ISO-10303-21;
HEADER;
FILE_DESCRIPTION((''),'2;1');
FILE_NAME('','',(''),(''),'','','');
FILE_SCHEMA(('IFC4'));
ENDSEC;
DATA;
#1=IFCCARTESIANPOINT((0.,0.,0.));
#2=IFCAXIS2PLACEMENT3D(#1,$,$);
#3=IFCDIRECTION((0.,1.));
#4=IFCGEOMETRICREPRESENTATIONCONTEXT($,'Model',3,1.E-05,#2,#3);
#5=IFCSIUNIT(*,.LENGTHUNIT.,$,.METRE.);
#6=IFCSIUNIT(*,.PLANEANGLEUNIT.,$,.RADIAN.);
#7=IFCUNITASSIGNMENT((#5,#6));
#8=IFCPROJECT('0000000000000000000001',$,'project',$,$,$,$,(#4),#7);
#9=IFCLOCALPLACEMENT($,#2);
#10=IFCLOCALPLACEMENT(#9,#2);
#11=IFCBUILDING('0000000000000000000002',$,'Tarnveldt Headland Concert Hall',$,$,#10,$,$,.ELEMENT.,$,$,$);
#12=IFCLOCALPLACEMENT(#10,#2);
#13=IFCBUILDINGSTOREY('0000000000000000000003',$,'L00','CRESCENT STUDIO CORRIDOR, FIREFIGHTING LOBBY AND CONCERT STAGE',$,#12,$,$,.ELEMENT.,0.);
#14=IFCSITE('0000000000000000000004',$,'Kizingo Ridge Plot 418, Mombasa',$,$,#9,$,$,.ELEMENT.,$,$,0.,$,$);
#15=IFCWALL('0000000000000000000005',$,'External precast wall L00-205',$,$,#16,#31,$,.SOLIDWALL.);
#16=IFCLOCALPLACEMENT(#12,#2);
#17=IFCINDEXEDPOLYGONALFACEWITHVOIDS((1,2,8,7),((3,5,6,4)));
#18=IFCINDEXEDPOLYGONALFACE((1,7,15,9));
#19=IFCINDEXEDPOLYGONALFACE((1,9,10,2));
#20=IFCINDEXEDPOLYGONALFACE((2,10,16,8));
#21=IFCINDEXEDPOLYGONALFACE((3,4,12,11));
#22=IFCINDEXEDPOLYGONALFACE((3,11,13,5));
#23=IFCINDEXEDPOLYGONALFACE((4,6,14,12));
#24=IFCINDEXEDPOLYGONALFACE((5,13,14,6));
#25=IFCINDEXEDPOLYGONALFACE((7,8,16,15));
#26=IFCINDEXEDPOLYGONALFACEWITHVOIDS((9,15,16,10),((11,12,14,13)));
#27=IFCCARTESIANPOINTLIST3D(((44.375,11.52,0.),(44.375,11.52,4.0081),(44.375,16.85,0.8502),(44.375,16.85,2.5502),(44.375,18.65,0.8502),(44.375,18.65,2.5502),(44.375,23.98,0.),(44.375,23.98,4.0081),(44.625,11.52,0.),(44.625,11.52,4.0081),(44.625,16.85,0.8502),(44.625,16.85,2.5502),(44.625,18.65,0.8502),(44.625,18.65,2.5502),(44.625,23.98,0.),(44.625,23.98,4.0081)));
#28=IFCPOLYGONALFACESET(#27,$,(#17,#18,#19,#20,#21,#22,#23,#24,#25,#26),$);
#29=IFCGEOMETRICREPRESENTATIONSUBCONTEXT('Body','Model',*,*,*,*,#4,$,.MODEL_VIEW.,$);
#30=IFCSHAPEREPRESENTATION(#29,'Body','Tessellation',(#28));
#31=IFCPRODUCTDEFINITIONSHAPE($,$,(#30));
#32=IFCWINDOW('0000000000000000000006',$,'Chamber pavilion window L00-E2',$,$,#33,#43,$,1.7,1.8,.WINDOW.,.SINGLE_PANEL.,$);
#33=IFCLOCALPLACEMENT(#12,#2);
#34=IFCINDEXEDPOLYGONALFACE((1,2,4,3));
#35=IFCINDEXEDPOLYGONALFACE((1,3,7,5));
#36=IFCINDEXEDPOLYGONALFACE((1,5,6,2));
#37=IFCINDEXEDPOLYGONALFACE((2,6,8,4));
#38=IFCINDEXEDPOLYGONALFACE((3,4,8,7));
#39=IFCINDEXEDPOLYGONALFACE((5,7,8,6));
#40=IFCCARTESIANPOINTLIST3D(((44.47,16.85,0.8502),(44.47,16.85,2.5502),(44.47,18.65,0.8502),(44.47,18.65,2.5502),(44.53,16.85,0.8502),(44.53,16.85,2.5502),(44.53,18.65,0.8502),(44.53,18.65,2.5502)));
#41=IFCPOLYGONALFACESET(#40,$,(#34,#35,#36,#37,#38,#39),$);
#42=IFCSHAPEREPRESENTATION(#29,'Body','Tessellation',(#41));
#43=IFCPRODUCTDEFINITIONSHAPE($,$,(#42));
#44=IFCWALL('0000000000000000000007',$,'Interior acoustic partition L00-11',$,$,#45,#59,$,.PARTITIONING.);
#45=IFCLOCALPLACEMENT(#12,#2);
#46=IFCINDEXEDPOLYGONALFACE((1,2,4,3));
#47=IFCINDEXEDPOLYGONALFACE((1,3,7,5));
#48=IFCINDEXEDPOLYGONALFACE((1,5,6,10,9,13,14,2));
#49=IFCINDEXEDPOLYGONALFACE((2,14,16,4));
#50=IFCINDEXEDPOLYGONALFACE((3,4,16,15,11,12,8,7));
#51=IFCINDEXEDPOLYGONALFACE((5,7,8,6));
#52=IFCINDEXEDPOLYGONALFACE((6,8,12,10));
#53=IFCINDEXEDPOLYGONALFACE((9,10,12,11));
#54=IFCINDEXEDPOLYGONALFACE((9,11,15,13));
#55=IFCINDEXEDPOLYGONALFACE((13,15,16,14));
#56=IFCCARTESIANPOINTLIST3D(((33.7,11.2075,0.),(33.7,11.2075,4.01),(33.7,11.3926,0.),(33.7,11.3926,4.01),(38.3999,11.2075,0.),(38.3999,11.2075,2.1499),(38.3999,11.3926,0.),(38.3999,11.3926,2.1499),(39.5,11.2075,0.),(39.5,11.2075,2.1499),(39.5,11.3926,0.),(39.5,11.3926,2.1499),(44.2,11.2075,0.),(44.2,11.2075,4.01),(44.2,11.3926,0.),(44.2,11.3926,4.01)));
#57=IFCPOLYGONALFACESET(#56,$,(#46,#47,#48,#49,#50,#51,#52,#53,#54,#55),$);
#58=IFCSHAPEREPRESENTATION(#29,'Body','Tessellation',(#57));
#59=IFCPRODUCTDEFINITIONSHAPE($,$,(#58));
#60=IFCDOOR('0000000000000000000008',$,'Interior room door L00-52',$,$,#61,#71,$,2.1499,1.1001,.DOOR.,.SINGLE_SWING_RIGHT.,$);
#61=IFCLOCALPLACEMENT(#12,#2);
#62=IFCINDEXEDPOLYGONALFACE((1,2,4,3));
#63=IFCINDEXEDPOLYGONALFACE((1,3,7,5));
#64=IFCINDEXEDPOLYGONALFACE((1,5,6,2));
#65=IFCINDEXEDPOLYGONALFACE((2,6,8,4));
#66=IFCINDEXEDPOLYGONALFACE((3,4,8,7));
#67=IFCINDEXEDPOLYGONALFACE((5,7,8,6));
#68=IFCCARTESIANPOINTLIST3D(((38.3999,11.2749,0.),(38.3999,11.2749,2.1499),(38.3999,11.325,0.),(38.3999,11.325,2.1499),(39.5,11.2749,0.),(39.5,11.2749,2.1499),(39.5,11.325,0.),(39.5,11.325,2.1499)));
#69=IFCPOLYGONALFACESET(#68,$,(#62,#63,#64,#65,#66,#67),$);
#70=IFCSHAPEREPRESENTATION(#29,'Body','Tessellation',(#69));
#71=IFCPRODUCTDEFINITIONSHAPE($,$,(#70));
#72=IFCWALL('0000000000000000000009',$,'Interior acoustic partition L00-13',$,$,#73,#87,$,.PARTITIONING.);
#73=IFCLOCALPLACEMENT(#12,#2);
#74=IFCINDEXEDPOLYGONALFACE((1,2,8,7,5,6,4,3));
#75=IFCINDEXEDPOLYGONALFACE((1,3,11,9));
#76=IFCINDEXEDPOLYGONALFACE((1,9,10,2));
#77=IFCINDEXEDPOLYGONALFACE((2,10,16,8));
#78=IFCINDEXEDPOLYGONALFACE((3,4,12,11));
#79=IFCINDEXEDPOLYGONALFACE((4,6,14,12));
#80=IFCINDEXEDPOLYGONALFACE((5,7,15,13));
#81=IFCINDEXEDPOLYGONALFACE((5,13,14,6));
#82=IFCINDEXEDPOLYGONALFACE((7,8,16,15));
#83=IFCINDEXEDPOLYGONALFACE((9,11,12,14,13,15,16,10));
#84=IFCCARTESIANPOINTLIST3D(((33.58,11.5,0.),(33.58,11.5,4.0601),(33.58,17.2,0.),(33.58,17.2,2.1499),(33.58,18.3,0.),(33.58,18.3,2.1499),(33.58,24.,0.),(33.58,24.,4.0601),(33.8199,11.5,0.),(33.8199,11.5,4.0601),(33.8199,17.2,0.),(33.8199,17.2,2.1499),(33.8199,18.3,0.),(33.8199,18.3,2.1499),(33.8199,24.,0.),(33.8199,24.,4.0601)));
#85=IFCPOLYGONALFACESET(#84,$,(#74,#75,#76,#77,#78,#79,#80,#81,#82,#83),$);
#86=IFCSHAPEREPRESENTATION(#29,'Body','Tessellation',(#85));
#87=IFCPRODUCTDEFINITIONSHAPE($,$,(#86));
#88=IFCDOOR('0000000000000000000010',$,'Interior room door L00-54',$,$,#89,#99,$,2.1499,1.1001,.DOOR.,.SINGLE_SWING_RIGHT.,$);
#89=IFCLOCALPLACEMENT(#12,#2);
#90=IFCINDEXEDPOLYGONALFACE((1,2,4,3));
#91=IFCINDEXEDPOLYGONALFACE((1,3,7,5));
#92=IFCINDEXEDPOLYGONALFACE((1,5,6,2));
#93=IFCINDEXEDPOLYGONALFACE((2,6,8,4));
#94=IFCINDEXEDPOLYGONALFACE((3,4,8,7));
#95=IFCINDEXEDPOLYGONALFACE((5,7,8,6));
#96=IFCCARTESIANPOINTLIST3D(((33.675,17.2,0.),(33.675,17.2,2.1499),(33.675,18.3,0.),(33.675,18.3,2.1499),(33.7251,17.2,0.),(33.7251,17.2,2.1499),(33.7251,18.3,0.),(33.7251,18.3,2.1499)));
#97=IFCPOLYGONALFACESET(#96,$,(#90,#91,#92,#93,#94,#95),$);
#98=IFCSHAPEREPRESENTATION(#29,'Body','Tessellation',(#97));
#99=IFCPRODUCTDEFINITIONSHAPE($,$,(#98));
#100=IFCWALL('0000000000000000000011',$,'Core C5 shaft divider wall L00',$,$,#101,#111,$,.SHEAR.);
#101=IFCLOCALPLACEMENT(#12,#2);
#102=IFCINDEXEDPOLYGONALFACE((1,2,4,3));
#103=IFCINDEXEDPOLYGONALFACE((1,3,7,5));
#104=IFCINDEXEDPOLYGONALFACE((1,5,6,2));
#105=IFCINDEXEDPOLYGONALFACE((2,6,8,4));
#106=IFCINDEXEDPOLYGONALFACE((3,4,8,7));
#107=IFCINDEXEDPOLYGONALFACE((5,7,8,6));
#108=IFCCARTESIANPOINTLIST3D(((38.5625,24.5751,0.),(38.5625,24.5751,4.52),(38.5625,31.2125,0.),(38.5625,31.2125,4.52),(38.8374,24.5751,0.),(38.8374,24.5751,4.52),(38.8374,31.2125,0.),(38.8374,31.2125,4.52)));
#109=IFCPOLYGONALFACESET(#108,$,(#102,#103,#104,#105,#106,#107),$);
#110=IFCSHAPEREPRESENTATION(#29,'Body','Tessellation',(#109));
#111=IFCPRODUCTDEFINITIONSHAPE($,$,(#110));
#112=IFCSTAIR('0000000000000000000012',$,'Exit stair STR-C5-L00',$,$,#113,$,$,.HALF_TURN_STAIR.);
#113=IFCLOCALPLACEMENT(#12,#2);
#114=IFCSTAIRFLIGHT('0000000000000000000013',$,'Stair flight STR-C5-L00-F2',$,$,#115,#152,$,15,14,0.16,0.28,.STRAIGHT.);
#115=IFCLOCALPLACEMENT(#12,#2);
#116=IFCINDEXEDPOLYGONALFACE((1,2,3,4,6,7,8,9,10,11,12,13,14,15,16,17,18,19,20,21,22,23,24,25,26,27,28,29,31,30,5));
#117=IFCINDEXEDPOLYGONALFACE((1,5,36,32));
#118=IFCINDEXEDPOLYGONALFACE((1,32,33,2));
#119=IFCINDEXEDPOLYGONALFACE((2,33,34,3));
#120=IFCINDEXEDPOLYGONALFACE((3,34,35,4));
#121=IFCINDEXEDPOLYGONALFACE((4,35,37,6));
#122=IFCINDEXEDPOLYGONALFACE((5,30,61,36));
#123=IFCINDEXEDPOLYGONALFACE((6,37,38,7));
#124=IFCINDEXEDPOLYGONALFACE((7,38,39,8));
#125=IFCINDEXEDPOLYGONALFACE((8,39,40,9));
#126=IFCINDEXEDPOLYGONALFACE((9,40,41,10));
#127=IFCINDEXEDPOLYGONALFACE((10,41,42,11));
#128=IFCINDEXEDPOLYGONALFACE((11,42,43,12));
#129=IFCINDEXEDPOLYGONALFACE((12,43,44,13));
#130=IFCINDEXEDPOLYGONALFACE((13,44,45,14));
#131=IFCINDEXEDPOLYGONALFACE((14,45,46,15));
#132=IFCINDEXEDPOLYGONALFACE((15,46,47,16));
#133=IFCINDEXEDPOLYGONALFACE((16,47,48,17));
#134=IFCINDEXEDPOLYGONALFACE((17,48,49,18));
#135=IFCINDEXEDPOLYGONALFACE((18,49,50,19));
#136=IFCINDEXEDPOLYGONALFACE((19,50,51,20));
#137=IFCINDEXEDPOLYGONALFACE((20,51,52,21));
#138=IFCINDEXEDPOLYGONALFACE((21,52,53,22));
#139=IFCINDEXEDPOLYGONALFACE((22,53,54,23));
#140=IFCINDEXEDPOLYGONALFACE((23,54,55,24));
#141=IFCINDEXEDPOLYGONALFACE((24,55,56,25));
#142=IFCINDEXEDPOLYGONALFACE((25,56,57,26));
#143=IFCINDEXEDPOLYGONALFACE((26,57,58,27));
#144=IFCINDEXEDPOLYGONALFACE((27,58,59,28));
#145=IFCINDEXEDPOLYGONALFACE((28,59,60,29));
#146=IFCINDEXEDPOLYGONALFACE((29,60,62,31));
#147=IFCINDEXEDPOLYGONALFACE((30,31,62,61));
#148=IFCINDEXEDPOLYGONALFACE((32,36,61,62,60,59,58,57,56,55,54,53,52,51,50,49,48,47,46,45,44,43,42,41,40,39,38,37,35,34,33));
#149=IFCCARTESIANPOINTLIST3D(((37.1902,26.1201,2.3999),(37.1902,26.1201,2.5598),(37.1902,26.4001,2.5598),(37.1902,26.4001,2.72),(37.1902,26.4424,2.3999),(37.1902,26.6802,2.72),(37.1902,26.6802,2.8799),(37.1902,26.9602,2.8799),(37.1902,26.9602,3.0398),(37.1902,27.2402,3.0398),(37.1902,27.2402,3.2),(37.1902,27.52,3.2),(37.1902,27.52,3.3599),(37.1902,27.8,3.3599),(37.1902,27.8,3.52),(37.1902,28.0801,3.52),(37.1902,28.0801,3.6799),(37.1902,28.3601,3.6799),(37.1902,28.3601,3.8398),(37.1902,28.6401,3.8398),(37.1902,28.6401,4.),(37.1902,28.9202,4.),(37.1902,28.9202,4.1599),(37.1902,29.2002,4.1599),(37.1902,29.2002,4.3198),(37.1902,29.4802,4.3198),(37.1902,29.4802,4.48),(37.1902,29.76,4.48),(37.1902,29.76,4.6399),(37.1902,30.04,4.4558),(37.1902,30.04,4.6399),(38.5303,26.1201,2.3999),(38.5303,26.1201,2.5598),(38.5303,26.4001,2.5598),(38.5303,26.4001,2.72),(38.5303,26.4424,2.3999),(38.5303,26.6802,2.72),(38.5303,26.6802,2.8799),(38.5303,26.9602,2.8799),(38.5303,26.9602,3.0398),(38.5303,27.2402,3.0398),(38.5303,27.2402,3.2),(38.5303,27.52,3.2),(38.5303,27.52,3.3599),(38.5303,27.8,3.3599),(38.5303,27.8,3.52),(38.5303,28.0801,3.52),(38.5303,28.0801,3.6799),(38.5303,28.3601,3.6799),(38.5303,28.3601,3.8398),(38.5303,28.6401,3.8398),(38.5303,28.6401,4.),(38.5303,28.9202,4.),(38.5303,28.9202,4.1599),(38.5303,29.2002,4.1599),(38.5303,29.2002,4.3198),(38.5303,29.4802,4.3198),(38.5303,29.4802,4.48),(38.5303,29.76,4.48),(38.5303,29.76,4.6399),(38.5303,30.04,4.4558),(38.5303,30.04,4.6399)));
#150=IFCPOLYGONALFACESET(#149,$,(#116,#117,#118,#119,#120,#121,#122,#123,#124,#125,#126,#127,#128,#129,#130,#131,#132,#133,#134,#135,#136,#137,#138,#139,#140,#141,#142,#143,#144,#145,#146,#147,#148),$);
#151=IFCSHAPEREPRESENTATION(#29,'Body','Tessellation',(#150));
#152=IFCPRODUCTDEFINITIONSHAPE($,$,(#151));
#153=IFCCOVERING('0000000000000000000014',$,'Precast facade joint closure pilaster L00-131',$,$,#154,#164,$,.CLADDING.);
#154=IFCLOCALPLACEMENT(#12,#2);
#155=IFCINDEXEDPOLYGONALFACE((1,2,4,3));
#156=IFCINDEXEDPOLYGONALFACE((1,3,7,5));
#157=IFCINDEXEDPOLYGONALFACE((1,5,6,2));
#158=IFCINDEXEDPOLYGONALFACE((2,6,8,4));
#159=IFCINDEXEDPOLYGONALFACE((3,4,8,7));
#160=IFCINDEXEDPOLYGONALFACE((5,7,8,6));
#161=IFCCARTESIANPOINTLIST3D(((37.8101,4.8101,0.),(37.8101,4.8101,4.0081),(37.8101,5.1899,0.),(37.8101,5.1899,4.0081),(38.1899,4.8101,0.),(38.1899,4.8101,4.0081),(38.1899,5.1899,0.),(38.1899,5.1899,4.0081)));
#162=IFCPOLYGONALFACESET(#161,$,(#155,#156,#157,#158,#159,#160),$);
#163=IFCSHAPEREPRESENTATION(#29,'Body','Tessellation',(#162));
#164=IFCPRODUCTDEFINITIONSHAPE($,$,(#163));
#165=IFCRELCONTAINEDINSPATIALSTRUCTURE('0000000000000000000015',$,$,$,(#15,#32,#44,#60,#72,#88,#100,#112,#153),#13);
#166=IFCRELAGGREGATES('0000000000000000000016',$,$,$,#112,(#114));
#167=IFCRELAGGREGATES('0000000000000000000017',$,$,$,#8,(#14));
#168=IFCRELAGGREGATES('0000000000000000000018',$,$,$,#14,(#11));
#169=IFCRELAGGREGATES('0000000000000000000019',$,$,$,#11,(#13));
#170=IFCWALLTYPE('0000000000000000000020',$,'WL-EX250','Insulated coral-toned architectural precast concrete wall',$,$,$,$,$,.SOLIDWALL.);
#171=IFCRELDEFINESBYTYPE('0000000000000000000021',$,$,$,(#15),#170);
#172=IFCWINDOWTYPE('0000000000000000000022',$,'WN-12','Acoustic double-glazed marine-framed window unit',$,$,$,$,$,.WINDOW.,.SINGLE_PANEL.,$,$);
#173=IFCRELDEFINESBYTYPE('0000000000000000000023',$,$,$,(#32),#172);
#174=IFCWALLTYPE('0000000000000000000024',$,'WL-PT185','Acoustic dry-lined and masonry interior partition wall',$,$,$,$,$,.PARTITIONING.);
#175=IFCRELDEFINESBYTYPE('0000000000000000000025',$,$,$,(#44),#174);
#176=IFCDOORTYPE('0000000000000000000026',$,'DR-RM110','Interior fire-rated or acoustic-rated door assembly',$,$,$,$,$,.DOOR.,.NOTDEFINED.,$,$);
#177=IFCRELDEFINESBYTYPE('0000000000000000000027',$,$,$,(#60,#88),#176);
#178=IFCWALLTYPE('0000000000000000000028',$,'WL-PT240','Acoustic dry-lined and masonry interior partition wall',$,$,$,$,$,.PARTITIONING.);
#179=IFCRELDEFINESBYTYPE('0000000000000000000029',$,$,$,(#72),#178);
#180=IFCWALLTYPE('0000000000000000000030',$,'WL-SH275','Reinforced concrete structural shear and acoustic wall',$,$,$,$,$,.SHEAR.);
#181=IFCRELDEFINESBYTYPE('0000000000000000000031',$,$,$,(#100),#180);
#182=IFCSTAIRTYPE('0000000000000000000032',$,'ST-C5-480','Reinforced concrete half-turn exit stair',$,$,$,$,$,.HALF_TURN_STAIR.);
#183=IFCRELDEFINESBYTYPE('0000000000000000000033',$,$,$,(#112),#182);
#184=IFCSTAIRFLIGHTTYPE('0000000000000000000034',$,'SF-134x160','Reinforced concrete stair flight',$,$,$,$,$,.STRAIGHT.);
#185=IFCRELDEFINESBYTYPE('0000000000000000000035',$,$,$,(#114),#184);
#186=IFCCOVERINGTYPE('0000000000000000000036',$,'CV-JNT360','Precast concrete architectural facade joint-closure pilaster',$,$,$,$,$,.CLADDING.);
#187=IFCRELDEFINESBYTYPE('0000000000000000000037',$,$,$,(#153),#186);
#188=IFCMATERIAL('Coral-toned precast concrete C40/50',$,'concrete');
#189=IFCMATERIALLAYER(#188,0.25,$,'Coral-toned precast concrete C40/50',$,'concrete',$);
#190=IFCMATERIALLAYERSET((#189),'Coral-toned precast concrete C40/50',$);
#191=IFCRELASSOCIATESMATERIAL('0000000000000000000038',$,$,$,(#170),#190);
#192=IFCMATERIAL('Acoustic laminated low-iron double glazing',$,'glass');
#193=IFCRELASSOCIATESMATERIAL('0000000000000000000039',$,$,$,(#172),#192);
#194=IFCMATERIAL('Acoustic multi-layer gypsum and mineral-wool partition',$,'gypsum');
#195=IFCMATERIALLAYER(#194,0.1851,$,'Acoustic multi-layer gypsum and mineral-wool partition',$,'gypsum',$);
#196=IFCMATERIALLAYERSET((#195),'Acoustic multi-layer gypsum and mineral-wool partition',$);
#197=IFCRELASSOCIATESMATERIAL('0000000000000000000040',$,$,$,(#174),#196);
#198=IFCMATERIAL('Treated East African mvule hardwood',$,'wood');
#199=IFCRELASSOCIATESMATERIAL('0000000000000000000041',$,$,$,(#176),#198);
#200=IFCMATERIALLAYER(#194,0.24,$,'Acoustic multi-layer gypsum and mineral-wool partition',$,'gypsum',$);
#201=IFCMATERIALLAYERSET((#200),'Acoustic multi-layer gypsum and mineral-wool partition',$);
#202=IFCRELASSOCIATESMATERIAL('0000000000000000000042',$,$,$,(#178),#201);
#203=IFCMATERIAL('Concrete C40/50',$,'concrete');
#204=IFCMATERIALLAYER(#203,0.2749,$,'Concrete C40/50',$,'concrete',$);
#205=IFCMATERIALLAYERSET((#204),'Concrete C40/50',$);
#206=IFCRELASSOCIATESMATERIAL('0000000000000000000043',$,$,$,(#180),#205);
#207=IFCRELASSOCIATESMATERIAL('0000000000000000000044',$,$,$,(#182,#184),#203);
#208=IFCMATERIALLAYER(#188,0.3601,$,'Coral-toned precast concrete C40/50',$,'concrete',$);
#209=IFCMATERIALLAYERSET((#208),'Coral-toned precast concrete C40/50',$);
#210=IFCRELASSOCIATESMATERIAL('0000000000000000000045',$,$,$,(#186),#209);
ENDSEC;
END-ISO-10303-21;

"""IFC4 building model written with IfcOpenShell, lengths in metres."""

from ifc_helpers import new_model, si_unit, direction, frame, frame_2d, origin, origin_2d, place, context, subcontext, project, spatial, polyline, rectangle, outline, extrude, material, layer, layer_set, type_object, element, fill, aggregate, save


model = new_model("IFC4")

# Units and contexts
model_context = context("Model", 3, precision=1e-05, world=origin(), true_north=direction((0.0, 1.0)))
body_context = subcontext(model_context, "Body", "Model", "MODEL_VIEW")
ifc_project = project(units=[si_unit("LENGTHUNIT", "METRE"), si_unit("PLANEANGLEUNIT", "RADIAN")], contexts=[model_context])

# Site, building, storey
site_placement = place(None, origin())
site = spatial("IfcSite", under=ifc_project, at=site_placement, Name="Kizingo Ridge Plot 418, Mombasa", CompositionType="ELEMENT", RefElevation=0.0)
building_placement = place(site_placement, origin())
building = spatial("IfcBuilding", under=site, at=building_placement, Name="Tarnveldt Headland Concert Hall", CompositionType="ELEMENT")
storey_placement = place(building_placement, origin())
storey = spatial("IfcBuildingStorey", under=building, at=storey_placement, Name="L00", Description="CRESCENT STUDIO CORRIDOR, FIREFIGHTING LOBBY AND CONCERT STAGE", CompositionType="ELEMENT", Elevation=0.0)

# Shared definitions
ifc_material_1 = material(Name="Concrete C40/50", Category="concrete")

# Shared definitions
ifc_material_2 = material(Name="Coral-toned precast concrete C40/50", Category="concrete")
ifc_layer_1 = layer(ifc_material_2, 0.25, Name="Coral-toned precast concrete C40/50", Category="concrete")
ifc_layer_set_1 = layer_set([ifc_layer_1], Name="Coral-toned precast concrete C40/50")
wall_type_1 = type_object("IfcWallType", Name="WL-EX250", Description="Insulated coral-toned architectural precast concrete wall", PredefinedType="SOLIDWALL", material=ifc_layer_set_1)

# Wall, opening, window
wall_1_placement = place(storey_placement, frame((44.5, 23.98, 0.0), z_axis=(0.0, 0.0, 1.0), x_axis=(0.0, -1.0, 0.0)))
wall_1 = element("IfcWall", 1, at=wall_1_placement, inside=storey, type_object=wall_type_1, Name="External precast wall L00-205", PredefinedType="SOLIDWALL", context=body_context, shape_type="SweptSolid", body=[
    extrude(rectangle(XDim=12.46, YDim=0.25, at=frame_2d((6.23, 0.0))), origin(), (0.0, 0.0, 1.0), 4.0081),
])
opening_1_placement = place(wall_1_placement, frame((5.3301, 0.0, 0.8501)))
opening_1 = element("IfcOpeningElement", 2, at=opening_1_placement, cuts=wall_1, PredefinedType="OPENING", context=body_context, shape_type="SweptSolid", body=[
    extrude(rectangle(XDim=1.8, YDim=1.7, at=frame_2d((0.8999, 0.8501))), frame((0.0, 0.135, 0.0), z_axis=(0.0, -1.0, 0.0), x_axis=(1.0, 0.0, 0.0)), (0.0, 0.0, 1.0), 0.27),
])
ifc_material_3 = material(Name="Acoustic laminated low-iron double glazing", Category="glass")
window_type = type_object("IfcWindowType", Name="WN-12", Description="Acoustic double-glazed marine-framed window unit", PartitioningType="SINGLE_PANEL", PredefinedType="WINDOW", material=ifc_material_3)
window_placement = place(opening_1_placement, origin())
window = element("IfcWindow", 3, at=window_placement, inside=storey, type_object=window_type, Name="Chamber pavilion window L00-E2", OverallHeight=1.7, OverallWidth=1.8, PartitioningType="SINGLE_PANEL", PredefinedType="WINDOW", context=body_context, shape_type="SweptSolid", body=[
    extrude(rectangle(XDim=1.8, YDim=1.7, at=frame_2d((0.8999, 0.8501))), frame((0.0, 0.03, 0.0), z_axis=(0.0, -1.0, 0.0), x_axis=(1.0, 0.0, 0.0)), (0.0, 0.0, 1.0), 0.0601),
])
fill(opening_1, window)

# Walls, openings, doors
ifc_material_4 = material(Name="Acoustic multi-layer gypsum and mineral-wool partition", Category="gypsum")
ifc_layer_2 = layer(ifc_material_4, 0.1851, Name="Acoustic multi-layer gypsum and mineral-wool partition", Category="gypsum")
ifc_layer_set_2 = layer_set([ifc_layer_2], Name="Acoustic multi-layer gypsum and mineral-wool partition")
wall_type_2 = type_object("IfcWallType", Name="WL-PT185", Description="Acoustic dry-lined and masonry interior partition wall", PredefinedType="PARTITIONING", material=ifc_layer_set_2)
wall_2_placement = place(storey_placement, frame((33.7, 11.3, 0.0), z_axis=(0.0, 0.0, 1.0), x_axis=(1.0, 0.0, 0.0)))
wall_2 = element("IfcWall", 4, at=wall_2_placement, inside=storey, type_object=wall_type_2, Name="Interior acoustic partition L00-11", PredefinedType="PARTITIONING", context=body_context, shape_type="SweptSolid", body=[
    extrude(rectangle(XDim=10.5, YDim=0.1851, at=frame_2d((5.25, 0.0))), origin(), (0.0, 0.0, 1.0), 4.01),
])
opening_2_placement = place(wall_2_placement, frame((4.7, 0.0, 0.0)))
opening_2 = element("IfcOpeningElement", 5, at=opening_2_placement, cuts=wall_2, PredefinedType="OPENING", context=body_context, shape_type="SweptSolid", body=[
    extrude(rectangle(XDim=1.1001, YDim=2.1499, at=frame_2d((0.55, 1.075))), frame((0.0, 0.1025, 0.0), z_axis=(0.0, -1.0, 0.0), x_axis=(1.0, 0.0, 0.0)), (0.0, 0.0, 1.0), 0.2051),
])
ifc_material_5 = material(Name="Treated East African mvule hardwood", Category="wood")
door_type = type_object("IfcDoorType", Name="DR-RM110", Description="Interior fire-rated or acoustic-rated door assembly", OperationType="NOTDEFINED", PredefinedType="DOOR", material=ifc_material_5)
door_1_placement = place(opening_2_placement, origin())
door_1 = element("IfcDoor", 6, at=door_1_placement, inside=storey, type_object=door_type, Name="Interior room door L00-52", OperationType="SINGLE_SWING_RIGHT", OverallHeight=2.1499, OverallWidth=1.1001, PredefinedType="DOOR", context=body_context, shape_type="SweptSolid", body=[
    extrude(rectangle(XDim=1.1001, YDim=2.1499, at=frame_2d((0.55, 1.075))), frame((0.0, 0.0249, 0.0), z_axis=(0.0, -1.0, 0.0), x_axis=(1.0, 0.0, 0.0)), (0.0, 0.0, 1.0), 0.05),
])
fill(opening_2, door_1)
ifc_layer_3 = layer(ifc_material_4, 0.24, Name="Acoustic multi-layer gypsum and mineral-wool partition", Category="gypsum")
ifc_layer_set_3 = layer_set([ifc_layer_3], Name="Acoustic multi-layer gypsum and mineral-wool partition")
wall_type_3 = type_object("IfcWallType", Name="WL-PT240", Description="Acoustic dry-lined and masonry interior partition wall", PredefinedType="PARTITIONING", material=ifc_layer_set_3)
wall_3_placement = place(storey_placement, frame((33.7, 11.5, 0.0), z_axis=(0.0, 0.0, 1.0), x_axis=(0.0, 1.0, 0.0)))
wall_3 = element("IfcWall", 7, at=wall_3_placement, inside=storey, type_object=wall_type_3, Name="Interior acoustic partition L00-13", PredefinedType="PARTITIONING", context=body_context, shape_type="SweptSolid", body=[
    extrude(rectangle(XDim=12.5, YDim=0.24, at=frame_2d((6.25, 0.0))), origin(), (0.0, 0.0, 1.0), 4.0601),
])
opening_3_placement = place(wall_3_placement, frame((5.7, 0.0, 0.0)))
opening_3 = element("IfcOpeningElement", 8, at=opening_3_placement, cuts=wall_3, PredefinedType="OPENING", context=body_context, shape_type="SweptSolid", body=[
    extrude(rectangle(XDim=1.1001, YDim=2.1499, at=frame_2d((0.55, 1.075))), frame((0.0, 0.1299, 0.0), z_axis=(0.0, -1.0, 0.0), x_axis=(1.0, 0.0, 0.0)), (0.0, 0.0, 1.0), 0.26),
])
door_2_placement = place(opening_3_placement, origin())
door_2 = element("IfcDoor", 9, at=door_2_placement, inside=storey, type_object=door_type, Name="Interior room door L00-54", OperationType="SINGLE_SWING_RIGHT", OverallHeight=2.1499, OverallWidth=1.1001, PredefinedType="DOOR", context=body_context, shape_type="SweptSolid", body=[
    extrude(rectangle(XDim=1.1001, YDim=2.1499, at=frame_2d((0.55, 1.075))), frame((0.0, 0.0249, 0.0), z_axis=(0.0, -1.0, 0.0), x_axis=(1.0, 0.0, 0.0)), (0.0, 0.0, 1.0), 0.05),
])
fill(opening_3, door_2)

# Wall
ifc_layer_4 = layer(ifc_material_1, 0.2749, Name="Concrete C40/50", Category="concrete")
ifc_layer_set_4 = layer_set([ifc_layer_4], Name="Concrete C40/50")
wall_type_4 = type_object("IfcWallType", Name="WL-SH275", Description="Reinforced concrete structural shear and acoustic wall", PredefinedType="SHEAR", material=ifc_layer_set_4)
wall_4_placement = place(storey_placement, frame((38.7, 24.575, 0.0), z_axis=(0.0, 0.0, 1.0), x_axis=(0.0, 1.0, 0.0)))
element("IfcWall", 10, at=wall_4_placement, inside=storey, type_object=wall_type_4, Name="Core C5 shaft divider wall L00", PredefinedType="SHEAR", context=body_context, shape_type="SweptSolid", body=[
    extrude(rectangle(XDim=6.6375, YDim=0.2749, at=frame_2d((3.3188, 0.0))), origin(), (0.0, 0.0, 1.0), 4.52),
])

# Stair, stair flight
stair_type = type_object("IfcStairType", Name="ST-C5-480", Description="Reinforced concrete half-turn exit stair", PredefinedType="HALF_TURN_STAIR", material=ifc_material_1)
stair_placement = place(storey_placement, origin())
stair = element("IfcStair", 11, at=stair_placement, inside=storey, type_object=stair_type, Name="Exit stair STR-C5-L00", PredefinedType="HALF_TURN_STAIR")
stair_flight_type = type_object("IfcStairFlightType", Name="SF-134x160", Description="Reinforced concrete stair flight", PredefinedType="STRAIGHT", material=ifc_material_1)
stair_flight_placement = place(storey_placement, frame((37.8601, 26.1201, 2.3999), z_axis=(0.0, 0.0, 1.0), x_axis=(0.0, 1.0, 0.0)))
stair_flight = element("IfcStairFlight", 12, at=stair_flight_placement, type_object=stair_flight_type, Name="Stair flight STR-C5-L00-F2", NumberOfRisers=15, NumberOfTreads=14, PredefinedType="STRAIGHT", RiserHeight=0.16, TreadLength=0.28, context=body_context, shape_type="SweptSolid", body=[
    extrude(outline(polyline([(0.0, 0.0), (0.0, 0.1599), (0.28, 0.1599), (0.28, 0.3201), (0.5601, 0.3201), (0.5601, 0.48), (0.8401, 0.48), (0.8401, 0.6399), (1.1201, 0.6399), (1.1201, 0.8), (1.3999, 0.8), (1.3999, 0.96), (1.6799, 0.96), (1.6799, 1.1201), (1.96, 1.1201), (1.96, 1.28), (2.24, 1.28), (2.24, 1.4399), (2.52, 1.4399), (2.52, 1.6001), (2.8, 1.6001), (2.8, 1.76), (3.0801, 1.76), (3.0801, 1.9199), (3.3601, 1.9199), (3.3601, 2.0801), (3.6399, 2.0801), (3.6399, 2.24), (3.9199, 2.24), (3.9199, 2.3999), (3.9199, 2.0559), (0.3223, 0.0), (0.0, 0.0)])), frame((0.0, 0.6699, 0.0), z_axis=(0.0, -1.0, 0.0), x_axis=(1.0, 0.0, 0.0)), (0.0, 0.0, 1.0), 1.3401),
])
aggregate(stair, [stair_flight])

# Covering
ifc_layer_5 = layer(ifc_material_2, 0.3601, Name="Coral-toned precast concrete C40/50", Category="concrete")
ifc_layer_set_5 = layer_set([ifc_layer_5], Name="Coral-toned precast concrete C40/50")
covering_type = type_object("IfcCoveringType", Name="CV-JNT360", Description="Precast concrete architectural facade joint-closure pilaster", PredefinedType="CLADDING", material=ifc_layer_set_5)
for number, where, z_axis, x_axis, name in (
    (13, (38.0, 5.0, 0.0), (0.0, 0.0, 1.0), (-1.0, 0.0, 0.0), "Precast facade joint closure pilaster L00-131"),
):
    element("IfcCovering", number, at=place(storey_placement, frame(where, z_axis=z_axis, x_axis=x_axis)), inside=storey, type_object=covering_type, Name=name, PredefinedType="CLADDING", context=body_context, shape_type="SweptSolid", body=[
        extrude(rectangle(XDim=0.3799, YDim=0.3799, at=origin_2d()), origin(), (0.0, 0.0, 1.0), 4.0081),
    ])

save(model, "model.ifc")
